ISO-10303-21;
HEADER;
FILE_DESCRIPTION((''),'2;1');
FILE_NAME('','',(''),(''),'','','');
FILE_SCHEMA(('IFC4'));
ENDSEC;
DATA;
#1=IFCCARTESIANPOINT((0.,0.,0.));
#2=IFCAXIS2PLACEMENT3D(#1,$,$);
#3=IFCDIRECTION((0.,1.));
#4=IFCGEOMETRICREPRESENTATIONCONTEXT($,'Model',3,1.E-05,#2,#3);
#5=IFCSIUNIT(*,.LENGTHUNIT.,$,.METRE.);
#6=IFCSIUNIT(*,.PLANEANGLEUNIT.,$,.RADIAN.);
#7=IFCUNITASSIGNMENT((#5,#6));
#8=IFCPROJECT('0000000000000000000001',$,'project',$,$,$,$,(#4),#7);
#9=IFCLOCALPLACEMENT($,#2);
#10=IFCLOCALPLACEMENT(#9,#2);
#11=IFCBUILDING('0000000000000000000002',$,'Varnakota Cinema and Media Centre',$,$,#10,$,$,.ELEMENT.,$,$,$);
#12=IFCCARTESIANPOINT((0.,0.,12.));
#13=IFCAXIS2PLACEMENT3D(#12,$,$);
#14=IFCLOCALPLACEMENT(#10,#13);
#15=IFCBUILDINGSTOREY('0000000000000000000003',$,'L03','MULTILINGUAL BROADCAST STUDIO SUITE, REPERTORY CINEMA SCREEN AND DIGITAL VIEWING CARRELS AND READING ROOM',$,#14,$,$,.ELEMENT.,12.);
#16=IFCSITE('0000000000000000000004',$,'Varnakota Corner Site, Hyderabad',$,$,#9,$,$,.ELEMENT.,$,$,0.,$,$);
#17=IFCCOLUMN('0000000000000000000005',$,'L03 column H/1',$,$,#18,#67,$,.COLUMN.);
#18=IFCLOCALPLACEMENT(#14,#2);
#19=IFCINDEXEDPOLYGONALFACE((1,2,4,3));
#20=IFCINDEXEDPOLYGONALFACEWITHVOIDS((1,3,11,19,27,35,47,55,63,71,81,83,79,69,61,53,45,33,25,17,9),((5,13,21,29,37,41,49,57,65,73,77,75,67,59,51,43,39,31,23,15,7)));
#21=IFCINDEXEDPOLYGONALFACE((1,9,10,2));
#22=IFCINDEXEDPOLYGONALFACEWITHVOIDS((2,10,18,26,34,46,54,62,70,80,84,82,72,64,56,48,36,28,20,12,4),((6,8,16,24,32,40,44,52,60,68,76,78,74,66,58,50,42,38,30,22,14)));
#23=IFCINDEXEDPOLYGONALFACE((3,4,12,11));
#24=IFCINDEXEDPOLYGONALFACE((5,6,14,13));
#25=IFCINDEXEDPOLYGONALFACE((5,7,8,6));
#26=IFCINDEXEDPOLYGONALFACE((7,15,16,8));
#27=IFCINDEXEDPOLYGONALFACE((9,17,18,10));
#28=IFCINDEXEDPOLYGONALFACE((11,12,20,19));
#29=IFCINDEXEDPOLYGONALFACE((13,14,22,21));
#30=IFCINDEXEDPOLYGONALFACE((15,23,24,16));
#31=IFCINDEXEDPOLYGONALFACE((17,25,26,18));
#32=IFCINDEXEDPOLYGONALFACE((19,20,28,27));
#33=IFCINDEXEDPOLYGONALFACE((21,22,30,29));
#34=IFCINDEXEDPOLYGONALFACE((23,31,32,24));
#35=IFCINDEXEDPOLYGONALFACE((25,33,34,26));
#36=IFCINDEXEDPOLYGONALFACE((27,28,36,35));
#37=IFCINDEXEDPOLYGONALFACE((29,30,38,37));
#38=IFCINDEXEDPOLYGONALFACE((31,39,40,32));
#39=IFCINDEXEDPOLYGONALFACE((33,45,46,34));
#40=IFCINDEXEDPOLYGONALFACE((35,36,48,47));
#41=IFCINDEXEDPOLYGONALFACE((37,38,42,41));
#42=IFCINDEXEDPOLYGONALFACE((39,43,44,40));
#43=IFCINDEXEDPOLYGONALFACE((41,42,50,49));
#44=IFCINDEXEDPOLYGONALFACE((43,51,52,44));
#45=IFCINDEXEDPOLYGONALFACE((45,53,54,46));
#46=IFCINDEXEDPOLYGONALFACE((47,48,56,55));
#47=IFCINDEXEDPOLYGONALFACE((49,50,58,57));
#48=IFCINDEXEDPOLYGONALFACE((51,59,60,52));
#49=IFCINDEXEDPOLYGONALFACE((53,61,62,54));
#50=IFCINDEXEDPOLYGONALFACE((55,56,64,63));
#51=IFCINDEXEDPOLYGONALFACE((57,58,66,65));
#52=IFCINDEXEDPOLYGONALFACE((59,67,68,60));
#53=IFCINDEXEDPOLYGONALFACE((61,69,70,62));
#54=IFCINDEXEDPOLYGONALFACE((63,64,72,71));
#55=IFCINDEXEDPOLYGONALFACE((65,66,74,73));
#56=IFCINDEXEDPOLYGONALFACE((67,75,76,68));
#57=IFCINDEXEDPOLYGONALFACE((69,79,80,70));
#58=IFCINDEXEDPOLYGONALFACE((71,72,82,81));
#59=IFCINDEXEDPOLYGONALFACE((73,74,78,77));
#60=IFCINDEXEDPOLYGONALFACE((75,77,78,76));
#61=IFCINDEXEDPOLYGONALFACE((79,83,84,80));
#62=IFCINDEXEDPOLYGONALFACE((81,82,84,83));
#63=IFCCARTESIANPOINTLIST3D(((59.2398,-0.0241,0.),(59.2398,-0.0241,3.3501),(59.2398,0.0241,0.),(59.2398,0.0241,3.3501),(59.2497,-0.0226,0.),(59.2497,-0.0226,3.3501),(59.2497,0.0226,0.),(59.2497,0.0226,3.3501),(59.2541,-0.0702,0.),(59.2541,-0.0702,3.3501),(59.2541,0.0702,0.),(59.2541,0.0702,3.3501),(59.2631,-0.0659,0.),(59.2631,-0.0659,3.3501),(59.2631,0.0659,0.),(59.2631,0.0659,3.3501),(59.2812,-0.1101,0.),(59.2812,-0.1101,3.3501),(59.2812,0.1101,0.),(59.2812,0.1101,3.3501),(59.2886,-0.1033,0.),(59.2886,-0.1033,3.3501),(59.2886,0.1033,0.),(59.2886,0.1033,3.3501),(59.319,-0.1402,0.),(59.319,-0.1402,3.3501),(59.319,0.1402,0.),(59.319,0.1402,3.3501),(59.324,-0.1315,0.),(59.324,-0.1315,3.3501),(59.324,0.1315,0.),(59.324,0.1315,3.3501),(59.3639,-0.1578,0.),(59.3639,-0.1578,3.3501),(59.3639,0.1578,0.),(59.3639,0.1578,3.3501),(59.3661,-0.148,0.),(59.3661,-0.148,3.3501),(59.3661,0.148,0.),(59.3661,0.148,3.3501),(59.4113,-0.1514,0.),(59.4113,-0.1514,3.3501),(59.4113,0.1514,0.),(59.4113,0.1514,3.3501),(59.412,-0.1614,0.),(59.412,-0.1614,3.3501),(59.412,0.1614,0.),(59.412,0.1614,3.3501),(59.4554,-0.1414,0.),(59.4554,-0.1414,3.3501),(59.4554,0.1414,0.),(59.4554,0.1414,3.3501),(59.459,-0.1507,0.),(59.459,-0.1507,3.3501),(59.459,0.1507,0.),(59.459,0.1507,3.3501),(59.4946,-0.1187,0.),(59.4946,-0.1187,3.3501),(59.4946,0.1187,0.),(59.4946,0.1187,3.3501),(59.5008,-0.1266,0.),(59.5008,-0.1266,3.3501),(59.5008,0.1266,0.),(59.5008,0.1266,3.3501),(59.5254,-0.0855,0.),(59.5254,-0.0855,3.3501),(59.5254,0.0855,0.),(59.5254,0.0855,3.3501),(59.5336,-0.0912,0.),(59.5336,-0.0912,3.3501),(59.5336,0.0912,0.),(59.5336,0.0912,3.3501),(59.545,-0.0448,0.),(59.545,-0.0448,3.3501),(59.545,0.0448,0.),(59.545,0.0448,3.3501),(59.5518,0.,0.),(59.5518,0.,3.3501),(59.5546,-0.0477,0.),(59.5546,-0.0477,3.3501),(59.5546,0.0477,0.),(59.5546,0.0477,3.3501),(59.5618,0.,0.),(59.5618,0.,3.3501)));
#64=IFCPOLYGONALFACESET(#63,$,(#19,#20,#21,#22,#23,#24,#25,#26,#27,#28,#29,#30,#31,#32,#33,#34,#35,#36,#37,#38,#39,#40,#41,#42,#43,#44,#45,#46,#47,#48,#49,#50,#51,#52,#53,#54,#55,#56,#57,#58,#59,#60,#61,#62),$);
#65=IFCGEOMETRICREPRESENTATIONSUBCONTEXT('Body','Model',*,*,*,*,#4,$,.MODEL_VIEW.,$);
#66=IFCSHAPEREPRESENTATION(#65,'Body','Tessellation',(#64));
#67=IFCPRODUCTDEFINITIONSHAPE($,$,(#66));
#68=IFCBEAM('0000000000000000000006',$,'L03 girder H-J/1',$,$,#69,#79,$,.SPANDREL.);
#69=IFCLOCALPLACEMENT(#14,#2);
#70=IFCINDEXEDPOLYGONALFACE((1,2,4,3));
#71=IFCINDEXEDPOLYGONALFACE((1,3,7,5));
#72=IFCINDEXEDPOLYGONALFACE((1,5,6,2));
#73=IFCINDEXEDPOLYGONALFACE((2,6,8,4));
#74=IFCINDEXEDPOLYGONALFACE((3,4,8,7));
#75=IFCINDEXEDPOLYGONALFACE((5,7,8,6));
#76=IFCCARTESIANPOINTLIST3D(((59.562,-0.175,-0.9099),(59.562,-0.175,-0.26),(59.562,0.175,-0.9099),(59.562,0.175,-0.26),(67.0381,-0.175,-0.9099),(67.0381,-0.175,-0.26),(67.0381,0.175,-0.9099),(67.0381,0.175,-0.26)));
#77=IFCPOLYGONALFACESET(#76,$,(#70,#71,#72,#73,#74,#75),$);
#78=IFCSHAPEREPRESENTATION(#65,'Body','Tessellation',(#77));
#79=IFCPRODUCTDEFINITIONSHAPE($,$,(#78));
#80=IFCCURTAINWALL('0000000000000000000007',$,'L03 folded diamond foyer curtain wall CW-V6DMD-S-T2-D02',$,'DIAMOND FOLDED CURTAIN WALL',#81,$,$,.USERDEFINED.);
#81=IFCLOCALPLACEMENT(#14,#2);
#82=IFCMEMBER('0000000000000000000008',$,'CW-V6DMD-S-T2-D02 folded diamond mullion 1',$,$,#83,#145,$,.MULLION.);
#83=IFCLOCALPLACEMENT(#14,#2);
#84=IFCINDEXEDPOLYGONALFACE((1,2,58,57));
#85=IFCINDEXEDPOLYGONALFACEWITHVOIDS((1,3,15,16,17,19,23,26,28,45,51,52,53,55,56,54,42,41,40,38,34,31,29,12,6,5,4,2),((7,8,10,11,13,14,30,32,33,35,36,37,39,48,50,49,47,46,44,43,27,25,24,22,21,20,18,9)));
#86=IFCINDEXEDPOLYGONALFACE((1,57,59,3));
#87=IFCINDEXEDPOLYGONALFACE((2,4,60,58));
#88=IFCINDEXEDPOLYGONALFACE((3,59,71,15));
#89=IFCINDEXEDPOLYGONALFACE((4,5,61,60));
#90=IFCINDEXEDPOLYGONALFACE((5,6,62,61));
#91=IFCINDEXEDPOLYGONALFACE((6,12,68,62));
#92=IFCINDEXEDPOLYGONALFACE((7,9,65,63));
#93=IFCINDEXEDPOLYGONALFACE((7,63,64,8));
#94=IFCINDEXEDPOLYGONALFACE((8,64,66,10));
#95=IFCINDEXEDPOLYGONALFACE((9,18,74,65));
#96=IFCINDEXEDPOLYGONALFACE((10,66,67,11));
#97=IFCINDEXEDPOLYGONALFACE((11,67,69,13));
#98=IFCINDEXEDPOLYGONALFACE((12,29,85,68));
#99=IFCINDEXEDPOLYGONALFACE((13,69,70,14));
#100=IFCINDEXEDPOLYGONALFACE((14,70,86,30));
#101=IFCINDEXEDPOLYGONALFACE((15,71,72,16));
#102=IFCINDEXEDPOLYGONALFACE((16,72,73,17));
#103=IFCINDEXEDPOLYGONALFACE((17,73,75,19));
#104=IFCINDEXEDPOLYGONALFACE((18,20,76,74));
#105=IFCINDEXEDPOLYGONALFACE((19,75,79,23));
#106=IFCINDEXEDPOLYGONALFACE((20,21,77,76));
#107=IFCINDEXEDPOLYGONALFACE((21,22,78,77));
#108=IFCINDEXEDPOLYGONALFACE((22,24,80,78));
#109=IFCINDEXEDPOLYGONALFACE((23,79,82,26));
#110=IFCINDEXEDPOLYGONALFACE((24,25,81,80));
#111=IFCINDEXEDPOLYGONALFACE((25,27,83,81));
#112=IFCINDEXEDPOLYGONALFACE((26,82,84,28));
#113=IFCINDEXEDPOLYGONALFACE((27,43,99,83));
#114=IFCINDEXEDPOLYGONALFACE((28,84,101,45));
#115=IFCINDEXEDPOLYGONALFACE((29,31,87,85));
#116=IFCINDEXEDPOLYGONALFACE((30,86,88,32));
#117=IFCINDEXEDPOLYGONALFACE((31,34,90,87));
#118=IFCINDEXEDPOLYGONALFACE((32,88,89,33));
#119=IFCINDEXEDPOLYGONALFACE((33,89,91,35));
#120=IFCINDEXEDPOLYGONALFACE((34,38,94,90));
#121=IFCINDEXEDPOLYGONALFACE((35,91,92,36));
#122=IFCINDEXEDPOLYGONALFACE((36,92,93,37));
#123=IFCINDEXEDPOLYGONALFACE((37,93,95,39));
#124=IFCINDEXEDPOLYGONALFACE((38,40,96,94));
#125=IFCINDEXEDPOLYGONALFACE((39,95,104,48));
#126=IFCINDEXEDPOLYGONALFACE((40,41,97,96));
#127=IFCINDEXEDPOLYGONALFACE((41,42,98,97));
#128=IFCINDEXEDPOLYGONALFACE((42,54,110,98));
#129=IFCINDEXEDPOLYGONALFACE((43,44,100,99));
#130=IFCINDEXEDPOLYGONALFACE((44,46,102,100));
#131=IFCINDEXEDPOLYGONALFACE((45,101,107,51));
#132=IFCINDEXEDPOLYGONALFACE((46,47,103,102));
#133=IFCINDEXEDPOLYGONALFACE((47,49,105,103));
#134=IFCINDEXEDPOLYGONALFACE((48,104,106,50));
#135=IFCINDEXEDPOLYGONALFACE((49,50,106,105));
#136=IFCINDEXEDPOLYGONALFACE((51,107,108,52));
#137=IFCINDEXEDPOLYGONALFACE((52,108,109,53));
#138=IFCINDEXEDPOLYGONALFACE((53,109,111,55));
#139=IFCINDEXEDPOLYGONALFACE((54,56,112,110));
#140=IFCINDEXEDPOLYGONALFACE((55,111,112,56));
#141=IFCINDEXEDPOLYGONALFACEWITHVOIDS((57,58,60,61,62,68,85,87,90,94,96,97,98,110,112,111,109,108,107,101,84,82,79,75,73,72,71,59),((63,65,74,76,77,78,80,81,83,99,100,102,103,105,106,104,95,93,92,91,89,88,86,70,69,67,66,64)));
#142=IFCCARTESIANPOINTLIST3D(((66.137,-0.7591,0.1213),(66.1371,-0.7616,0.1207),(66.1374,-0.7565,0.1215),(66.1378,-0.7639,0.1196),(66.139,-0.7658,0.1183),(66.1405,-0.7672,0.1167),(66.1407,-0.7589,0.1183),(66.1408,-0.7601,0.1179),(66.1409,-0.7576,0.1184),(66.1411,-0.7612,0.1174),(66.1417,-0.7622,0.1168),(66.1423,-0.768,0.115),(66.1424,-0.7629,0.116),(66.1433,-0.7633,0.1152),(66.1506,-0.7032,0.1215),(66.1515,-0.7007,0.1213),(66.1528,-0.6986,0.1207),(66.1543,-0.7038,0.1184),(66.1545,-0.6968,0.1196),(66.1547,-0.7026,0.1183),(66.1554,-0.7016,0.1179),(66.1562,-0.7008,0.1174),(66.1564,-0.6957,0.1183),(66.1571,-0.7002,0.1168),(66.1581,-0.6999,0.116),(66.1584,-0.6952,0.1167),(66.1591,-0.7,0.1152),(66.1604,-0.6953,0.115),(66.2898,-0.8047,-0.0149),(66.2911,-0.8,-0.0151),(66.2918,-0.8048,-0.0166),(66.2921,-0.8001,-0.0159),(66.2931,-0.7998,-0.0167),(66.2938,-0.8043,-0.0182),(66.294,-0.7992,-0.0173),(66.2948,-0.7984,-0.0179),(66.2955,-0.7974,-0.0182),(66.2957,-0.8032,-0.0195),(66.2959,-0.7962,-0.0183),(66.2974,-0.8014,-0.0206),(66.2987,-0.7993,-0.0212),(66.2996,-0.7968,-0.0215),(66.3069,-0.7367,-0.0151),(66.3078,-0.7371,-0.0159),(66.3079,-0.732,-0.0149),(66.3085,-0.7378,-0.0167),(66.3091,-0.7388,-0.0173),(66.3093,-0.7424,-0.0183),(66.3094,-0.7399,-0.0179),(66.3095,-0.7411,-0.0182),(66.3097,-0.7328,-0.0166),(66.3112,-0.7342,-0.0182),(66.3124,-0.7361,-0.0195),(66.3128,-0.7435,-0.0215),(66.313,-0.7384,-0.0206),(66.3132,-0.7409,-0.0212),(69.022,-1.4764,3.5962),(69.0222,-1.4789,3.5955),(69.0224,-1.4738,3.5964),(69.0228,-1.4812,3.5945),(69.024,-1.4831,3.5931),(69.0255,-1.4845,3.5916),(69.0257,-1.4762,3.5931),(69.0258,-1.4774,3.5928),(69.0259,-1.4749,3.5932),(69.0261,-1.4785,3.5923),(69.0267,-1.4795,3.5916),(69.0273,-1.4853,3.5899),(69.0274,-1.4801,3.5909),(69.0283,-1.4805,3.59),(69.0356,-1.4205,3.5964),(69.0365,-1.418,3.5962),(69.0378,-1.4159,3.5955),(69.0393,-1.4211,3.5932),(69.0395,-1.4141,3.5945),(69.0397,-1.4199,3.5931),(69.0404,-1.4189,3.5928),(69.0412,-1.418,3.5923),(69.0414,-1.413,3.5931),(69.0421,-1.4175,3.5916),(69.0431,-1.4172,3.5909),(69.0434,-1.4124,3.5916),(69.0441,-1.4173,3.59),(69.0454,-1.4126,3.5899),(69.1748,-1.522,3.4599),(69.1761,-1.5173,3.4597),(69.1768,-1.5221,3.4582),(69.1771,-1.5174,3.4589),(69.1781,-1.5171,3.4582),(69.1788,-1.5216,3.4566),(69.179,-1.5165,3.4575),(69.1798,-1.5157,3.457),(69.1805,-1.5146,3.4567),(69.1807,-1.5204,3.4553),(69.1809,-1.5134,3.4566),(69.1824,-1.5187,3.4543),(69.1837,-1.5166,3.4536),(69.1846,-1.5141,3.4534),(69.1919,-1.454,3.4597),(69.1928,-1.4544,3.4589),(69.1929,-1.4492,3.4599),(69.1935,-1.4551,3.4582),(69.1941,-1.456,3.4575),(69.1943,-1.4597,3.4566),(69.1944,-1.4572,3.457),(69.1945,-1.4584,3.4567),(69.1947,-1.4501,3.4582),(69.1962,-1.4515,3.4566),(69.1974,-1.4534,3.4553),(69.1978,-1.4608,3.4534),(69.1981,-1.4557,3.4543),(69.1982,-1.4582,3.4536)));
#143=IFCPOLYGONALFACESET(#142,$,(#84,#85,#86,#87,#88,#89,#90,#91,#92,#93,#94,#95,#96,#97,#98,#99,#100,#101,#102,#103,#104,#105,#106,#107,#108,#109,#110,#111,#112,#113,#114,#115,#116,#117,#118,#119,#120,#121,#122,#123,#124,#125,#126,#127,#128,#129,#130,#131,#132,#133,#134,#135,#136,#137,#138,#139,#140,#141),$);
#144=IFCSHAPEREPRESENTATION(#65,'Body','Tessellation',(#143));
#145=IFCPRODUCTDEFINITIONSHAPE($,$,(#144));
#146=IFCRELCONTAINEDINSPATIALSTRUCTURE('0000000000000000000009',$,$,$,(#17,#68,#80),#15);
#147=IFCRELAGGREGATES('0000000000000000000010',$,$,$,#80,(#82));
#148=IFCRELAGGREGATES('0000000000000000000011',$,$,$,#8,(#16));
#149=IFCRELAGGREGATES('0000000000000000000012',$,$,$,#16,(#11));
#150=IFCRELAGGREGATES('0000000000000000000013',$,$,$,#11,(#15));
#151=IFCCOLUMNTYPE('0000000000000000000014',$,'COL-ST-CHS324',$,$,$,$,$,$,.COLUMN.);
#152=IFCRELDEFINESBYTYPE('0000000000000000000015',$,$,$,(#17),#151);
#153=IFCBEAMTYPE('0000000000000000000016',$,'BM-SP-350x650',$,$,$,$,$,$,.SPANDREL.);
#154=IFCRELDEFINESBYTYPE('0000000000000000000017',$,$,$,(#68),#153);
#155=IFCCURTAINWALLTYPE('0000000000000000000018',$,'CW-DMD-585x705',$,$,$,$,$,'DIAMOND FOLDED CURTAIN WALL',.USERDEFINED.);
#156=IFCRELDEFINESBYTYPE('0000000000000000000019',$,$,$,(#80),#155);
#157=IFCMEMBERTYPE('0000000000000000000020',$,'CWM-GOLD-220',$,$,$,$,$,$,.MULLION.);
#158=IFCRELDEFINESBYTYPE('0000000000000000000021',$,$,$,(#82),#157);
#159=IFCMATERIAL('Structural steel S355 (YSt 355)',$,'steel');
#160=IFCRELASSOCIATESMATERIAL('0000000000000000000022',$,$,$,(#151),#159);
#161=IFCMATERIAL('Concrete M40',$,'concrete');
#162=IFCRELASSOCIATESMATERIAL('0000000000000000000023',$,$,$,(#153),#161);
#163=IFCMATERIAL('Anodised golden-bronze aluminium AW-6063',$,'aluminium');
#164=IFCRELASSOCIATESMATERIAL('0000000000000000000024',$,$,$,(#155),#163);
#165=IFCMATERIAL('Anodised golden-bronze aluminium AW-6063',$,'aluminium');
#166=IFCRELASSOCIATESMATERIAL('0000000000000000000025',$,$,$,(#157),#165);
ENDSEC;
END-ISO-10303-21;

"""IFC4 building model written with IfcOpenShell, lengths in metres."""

from ifc_helpers import new_model, si_unit, direction, frame, origin, origin_2d, place, context, subcontext, project, spatial, rectangle, hollow_rectangle, hollow_circle, extrude, material, material_profile, profile_set, type_object, element, aggregate, save


model = new_model("IFC4")

# Units and contexts
model_context = context("Model", 3, precision=1e-05, world=origin(), true_north=direction((0.0, 1.0)))
body_context = subcontext(model_context, "Body", "Model", "MODEL_VIEW")
ifc_project = project(units=[si_unit("LENGTHUNIT", "METRE"), si_unit("PLANEANGLEUNIT", "RADIAN")], contexts=[model_context])

# Site, building, storey
site_placement = place(None, origin())
site = spatial("IfcSite", under=ifc_project, at=site_placement, Name="Varnakota Corner Site, Hyderabad", CompositionType="ELEMENT", RefElevation=0.0)
building_placement = place(site_placement, origin())
building = spatial("IfcBuilding", under=site, at=building_placement, Name="Varnakota Cinema and Media Centre", CompositionType="ELEMENT")
storey_placement = place(building_placement, frame((0.0, 0.0, 12.0)))
storey = spatial("IfcBuildingStorey", under=building, at=storey_placement, Name="L03", Description="MULTILINGUAL BROADCAST STUDIO SUITE, REPERTORY CINEMA SCREEN AND DIGITAL VIEWING CARRELS AND READING ROOM", CompositionType="ELEMENT", Elevation=12.0)

# Column
ifc_material_1 = material(Name="Structural steel S355 (YSt 355)", Category="steel")
ifc_material_profile_1 = material_profile(ifc_material_1, hollow_circle(Radius=0.1619, WallThickness=0.01, at=origin_2d()), Name="CHS 323.9x10.0")
ifc_profile_set_1 = profile_set([ifc_material_profile_1], Name="Structural steel S355 (YSt 355)")
column_type = type_object("IfcColumnType", Name="COL-ST-CHS324", PredefinedType="COLUMN", material=ifc_profile_set_1)
column_placement = place(storey_placement, frame((59.3999, 0.0, 0.0), z_axis=(0.0, 0.0, 1.0), x_axis=(1.0, 0.0, 0.0)))
element("IfcColumn", 1, at=column_placement, inside=storey, type_object=column_type, Name="L03 column H/1", PredefinedType="COLUMN", context=body_context, shape_type="SweptSolid", body=[
    extrude(hollow_circle(Radius=0.1619, WallThickness=0.01, at=origin_2d()), origin(), (0.0, 0.0, 1.0), 3.3501),
])

# Beam
ifc_material_2 = material(Name="Concrete M40", Category="concrete")
ifc_material_profile_2 = material_profile(ifc_material_2, rectangle(XDim=0.3501, YDim=0.6499, at=origin_2d()), Name="RCB 350x650")
ifc_profile_set_2 = profile_set([ifc_material_profile_2], Name="Concrete M40")
beam_type = type_object("IfcBeamType", Name="BM-SP-350x650", PredefinedType="SPANDREL", material=ifc_profile_set_2)
beam_placement = place(storey_placement, frame((59.562, 0.0, -0.585), z_axis=(1.0, 0.0, 0.0), x_axis=(0.0, 1.0, 0.0)))
element("IfcBeam", 2, at=beam_placement, inside=storey, type_object=beam_type, Name="L03 girder H-J/1", PredefinedType="SPANDREL", context=body_context, shape_type="SweptSolid", body=[
    extrude(rectangle(XDim=0.3501, YDim=0.6499, at=origin_2d()), origin(), (0.0, 0.0, 1.0), 7.4761),
])

# Curtain wall, member
ifc_material_3 = material(Name="Anodised golden-bronze aluminium AW-6063", Category="aluminium")
curtain_wall_type = type_object("IfcCurtainWallType", Name="CW-DMD-585x705", ElementType="DIAMOND FOLDED CURTAIN WALL", PredefinedType="USERDEFINED", material=ifc_material_3)
curtain_wall_1_placement = place(storey_placement, origin())
curtain_wall_1 = element("IfcCurtainWall", 3, at=curtain_wall_1_placement, inside=storey, type_object=curtain_wall_type, Name="L03 folded diamond foyer curtain wall CW-V6DMD-S-T2-D02", ObjectType="DIAMOND FOLDED CURTAIN WALL", PredefinedType="USERDEFINED")
ifc_material_4 = material(Name="Anodised golden-bronze aluminium AW-6063", Category="aluminium")
ifc_material_profile_3 = material_profile(ifc_material_4, hollow_rectangle(XDim=0.075, YDim=0.22, WallThickness=0.0049, InnerFilletRadius=0.0049, OuterFilletRadius=0.01, at=origin_2d()), Name="AL-MULLION 220x75x5")
ifc_profile_set_3 = profile_set([ifc_material_profile_3], Name="Anodised golden-bronze aluminium AW-6063")
member_type_1 = type_object("IfcMemberType", Name="CWM-GOLD-220", PredefinedType="MULLION", material=ifc_profile_set_3)
member_1_placement = place(storey_placement, frame((66.2251, -0.75, 0.05), z_axis=(0.630878, -0.156852, 0.759862), x_axis=(0.241279, 0.970456, 0.0)))
member_1 = element("IfcMember", 4, at=member_1_placement, type_object=member_type_1, Name="CW-V6DMD-S-T2-D02 folded diamond mullion 1", PredefinedType="MULLION", context=body_context, shape_type="SweptSolid", body=[
    extrude(hollow_rectangle(XDim=0.075, YDim=0.22, WallThickness=0.0049, InnerFilletRadius=0.0049, OuterFilletRadius=0.01, at=origin_2d()), origin(), (0.0, 0.0, 1.0), 4.573),
])

aggregate(curtain_wall_1, [member_1])

save(model, "model.ifc")
